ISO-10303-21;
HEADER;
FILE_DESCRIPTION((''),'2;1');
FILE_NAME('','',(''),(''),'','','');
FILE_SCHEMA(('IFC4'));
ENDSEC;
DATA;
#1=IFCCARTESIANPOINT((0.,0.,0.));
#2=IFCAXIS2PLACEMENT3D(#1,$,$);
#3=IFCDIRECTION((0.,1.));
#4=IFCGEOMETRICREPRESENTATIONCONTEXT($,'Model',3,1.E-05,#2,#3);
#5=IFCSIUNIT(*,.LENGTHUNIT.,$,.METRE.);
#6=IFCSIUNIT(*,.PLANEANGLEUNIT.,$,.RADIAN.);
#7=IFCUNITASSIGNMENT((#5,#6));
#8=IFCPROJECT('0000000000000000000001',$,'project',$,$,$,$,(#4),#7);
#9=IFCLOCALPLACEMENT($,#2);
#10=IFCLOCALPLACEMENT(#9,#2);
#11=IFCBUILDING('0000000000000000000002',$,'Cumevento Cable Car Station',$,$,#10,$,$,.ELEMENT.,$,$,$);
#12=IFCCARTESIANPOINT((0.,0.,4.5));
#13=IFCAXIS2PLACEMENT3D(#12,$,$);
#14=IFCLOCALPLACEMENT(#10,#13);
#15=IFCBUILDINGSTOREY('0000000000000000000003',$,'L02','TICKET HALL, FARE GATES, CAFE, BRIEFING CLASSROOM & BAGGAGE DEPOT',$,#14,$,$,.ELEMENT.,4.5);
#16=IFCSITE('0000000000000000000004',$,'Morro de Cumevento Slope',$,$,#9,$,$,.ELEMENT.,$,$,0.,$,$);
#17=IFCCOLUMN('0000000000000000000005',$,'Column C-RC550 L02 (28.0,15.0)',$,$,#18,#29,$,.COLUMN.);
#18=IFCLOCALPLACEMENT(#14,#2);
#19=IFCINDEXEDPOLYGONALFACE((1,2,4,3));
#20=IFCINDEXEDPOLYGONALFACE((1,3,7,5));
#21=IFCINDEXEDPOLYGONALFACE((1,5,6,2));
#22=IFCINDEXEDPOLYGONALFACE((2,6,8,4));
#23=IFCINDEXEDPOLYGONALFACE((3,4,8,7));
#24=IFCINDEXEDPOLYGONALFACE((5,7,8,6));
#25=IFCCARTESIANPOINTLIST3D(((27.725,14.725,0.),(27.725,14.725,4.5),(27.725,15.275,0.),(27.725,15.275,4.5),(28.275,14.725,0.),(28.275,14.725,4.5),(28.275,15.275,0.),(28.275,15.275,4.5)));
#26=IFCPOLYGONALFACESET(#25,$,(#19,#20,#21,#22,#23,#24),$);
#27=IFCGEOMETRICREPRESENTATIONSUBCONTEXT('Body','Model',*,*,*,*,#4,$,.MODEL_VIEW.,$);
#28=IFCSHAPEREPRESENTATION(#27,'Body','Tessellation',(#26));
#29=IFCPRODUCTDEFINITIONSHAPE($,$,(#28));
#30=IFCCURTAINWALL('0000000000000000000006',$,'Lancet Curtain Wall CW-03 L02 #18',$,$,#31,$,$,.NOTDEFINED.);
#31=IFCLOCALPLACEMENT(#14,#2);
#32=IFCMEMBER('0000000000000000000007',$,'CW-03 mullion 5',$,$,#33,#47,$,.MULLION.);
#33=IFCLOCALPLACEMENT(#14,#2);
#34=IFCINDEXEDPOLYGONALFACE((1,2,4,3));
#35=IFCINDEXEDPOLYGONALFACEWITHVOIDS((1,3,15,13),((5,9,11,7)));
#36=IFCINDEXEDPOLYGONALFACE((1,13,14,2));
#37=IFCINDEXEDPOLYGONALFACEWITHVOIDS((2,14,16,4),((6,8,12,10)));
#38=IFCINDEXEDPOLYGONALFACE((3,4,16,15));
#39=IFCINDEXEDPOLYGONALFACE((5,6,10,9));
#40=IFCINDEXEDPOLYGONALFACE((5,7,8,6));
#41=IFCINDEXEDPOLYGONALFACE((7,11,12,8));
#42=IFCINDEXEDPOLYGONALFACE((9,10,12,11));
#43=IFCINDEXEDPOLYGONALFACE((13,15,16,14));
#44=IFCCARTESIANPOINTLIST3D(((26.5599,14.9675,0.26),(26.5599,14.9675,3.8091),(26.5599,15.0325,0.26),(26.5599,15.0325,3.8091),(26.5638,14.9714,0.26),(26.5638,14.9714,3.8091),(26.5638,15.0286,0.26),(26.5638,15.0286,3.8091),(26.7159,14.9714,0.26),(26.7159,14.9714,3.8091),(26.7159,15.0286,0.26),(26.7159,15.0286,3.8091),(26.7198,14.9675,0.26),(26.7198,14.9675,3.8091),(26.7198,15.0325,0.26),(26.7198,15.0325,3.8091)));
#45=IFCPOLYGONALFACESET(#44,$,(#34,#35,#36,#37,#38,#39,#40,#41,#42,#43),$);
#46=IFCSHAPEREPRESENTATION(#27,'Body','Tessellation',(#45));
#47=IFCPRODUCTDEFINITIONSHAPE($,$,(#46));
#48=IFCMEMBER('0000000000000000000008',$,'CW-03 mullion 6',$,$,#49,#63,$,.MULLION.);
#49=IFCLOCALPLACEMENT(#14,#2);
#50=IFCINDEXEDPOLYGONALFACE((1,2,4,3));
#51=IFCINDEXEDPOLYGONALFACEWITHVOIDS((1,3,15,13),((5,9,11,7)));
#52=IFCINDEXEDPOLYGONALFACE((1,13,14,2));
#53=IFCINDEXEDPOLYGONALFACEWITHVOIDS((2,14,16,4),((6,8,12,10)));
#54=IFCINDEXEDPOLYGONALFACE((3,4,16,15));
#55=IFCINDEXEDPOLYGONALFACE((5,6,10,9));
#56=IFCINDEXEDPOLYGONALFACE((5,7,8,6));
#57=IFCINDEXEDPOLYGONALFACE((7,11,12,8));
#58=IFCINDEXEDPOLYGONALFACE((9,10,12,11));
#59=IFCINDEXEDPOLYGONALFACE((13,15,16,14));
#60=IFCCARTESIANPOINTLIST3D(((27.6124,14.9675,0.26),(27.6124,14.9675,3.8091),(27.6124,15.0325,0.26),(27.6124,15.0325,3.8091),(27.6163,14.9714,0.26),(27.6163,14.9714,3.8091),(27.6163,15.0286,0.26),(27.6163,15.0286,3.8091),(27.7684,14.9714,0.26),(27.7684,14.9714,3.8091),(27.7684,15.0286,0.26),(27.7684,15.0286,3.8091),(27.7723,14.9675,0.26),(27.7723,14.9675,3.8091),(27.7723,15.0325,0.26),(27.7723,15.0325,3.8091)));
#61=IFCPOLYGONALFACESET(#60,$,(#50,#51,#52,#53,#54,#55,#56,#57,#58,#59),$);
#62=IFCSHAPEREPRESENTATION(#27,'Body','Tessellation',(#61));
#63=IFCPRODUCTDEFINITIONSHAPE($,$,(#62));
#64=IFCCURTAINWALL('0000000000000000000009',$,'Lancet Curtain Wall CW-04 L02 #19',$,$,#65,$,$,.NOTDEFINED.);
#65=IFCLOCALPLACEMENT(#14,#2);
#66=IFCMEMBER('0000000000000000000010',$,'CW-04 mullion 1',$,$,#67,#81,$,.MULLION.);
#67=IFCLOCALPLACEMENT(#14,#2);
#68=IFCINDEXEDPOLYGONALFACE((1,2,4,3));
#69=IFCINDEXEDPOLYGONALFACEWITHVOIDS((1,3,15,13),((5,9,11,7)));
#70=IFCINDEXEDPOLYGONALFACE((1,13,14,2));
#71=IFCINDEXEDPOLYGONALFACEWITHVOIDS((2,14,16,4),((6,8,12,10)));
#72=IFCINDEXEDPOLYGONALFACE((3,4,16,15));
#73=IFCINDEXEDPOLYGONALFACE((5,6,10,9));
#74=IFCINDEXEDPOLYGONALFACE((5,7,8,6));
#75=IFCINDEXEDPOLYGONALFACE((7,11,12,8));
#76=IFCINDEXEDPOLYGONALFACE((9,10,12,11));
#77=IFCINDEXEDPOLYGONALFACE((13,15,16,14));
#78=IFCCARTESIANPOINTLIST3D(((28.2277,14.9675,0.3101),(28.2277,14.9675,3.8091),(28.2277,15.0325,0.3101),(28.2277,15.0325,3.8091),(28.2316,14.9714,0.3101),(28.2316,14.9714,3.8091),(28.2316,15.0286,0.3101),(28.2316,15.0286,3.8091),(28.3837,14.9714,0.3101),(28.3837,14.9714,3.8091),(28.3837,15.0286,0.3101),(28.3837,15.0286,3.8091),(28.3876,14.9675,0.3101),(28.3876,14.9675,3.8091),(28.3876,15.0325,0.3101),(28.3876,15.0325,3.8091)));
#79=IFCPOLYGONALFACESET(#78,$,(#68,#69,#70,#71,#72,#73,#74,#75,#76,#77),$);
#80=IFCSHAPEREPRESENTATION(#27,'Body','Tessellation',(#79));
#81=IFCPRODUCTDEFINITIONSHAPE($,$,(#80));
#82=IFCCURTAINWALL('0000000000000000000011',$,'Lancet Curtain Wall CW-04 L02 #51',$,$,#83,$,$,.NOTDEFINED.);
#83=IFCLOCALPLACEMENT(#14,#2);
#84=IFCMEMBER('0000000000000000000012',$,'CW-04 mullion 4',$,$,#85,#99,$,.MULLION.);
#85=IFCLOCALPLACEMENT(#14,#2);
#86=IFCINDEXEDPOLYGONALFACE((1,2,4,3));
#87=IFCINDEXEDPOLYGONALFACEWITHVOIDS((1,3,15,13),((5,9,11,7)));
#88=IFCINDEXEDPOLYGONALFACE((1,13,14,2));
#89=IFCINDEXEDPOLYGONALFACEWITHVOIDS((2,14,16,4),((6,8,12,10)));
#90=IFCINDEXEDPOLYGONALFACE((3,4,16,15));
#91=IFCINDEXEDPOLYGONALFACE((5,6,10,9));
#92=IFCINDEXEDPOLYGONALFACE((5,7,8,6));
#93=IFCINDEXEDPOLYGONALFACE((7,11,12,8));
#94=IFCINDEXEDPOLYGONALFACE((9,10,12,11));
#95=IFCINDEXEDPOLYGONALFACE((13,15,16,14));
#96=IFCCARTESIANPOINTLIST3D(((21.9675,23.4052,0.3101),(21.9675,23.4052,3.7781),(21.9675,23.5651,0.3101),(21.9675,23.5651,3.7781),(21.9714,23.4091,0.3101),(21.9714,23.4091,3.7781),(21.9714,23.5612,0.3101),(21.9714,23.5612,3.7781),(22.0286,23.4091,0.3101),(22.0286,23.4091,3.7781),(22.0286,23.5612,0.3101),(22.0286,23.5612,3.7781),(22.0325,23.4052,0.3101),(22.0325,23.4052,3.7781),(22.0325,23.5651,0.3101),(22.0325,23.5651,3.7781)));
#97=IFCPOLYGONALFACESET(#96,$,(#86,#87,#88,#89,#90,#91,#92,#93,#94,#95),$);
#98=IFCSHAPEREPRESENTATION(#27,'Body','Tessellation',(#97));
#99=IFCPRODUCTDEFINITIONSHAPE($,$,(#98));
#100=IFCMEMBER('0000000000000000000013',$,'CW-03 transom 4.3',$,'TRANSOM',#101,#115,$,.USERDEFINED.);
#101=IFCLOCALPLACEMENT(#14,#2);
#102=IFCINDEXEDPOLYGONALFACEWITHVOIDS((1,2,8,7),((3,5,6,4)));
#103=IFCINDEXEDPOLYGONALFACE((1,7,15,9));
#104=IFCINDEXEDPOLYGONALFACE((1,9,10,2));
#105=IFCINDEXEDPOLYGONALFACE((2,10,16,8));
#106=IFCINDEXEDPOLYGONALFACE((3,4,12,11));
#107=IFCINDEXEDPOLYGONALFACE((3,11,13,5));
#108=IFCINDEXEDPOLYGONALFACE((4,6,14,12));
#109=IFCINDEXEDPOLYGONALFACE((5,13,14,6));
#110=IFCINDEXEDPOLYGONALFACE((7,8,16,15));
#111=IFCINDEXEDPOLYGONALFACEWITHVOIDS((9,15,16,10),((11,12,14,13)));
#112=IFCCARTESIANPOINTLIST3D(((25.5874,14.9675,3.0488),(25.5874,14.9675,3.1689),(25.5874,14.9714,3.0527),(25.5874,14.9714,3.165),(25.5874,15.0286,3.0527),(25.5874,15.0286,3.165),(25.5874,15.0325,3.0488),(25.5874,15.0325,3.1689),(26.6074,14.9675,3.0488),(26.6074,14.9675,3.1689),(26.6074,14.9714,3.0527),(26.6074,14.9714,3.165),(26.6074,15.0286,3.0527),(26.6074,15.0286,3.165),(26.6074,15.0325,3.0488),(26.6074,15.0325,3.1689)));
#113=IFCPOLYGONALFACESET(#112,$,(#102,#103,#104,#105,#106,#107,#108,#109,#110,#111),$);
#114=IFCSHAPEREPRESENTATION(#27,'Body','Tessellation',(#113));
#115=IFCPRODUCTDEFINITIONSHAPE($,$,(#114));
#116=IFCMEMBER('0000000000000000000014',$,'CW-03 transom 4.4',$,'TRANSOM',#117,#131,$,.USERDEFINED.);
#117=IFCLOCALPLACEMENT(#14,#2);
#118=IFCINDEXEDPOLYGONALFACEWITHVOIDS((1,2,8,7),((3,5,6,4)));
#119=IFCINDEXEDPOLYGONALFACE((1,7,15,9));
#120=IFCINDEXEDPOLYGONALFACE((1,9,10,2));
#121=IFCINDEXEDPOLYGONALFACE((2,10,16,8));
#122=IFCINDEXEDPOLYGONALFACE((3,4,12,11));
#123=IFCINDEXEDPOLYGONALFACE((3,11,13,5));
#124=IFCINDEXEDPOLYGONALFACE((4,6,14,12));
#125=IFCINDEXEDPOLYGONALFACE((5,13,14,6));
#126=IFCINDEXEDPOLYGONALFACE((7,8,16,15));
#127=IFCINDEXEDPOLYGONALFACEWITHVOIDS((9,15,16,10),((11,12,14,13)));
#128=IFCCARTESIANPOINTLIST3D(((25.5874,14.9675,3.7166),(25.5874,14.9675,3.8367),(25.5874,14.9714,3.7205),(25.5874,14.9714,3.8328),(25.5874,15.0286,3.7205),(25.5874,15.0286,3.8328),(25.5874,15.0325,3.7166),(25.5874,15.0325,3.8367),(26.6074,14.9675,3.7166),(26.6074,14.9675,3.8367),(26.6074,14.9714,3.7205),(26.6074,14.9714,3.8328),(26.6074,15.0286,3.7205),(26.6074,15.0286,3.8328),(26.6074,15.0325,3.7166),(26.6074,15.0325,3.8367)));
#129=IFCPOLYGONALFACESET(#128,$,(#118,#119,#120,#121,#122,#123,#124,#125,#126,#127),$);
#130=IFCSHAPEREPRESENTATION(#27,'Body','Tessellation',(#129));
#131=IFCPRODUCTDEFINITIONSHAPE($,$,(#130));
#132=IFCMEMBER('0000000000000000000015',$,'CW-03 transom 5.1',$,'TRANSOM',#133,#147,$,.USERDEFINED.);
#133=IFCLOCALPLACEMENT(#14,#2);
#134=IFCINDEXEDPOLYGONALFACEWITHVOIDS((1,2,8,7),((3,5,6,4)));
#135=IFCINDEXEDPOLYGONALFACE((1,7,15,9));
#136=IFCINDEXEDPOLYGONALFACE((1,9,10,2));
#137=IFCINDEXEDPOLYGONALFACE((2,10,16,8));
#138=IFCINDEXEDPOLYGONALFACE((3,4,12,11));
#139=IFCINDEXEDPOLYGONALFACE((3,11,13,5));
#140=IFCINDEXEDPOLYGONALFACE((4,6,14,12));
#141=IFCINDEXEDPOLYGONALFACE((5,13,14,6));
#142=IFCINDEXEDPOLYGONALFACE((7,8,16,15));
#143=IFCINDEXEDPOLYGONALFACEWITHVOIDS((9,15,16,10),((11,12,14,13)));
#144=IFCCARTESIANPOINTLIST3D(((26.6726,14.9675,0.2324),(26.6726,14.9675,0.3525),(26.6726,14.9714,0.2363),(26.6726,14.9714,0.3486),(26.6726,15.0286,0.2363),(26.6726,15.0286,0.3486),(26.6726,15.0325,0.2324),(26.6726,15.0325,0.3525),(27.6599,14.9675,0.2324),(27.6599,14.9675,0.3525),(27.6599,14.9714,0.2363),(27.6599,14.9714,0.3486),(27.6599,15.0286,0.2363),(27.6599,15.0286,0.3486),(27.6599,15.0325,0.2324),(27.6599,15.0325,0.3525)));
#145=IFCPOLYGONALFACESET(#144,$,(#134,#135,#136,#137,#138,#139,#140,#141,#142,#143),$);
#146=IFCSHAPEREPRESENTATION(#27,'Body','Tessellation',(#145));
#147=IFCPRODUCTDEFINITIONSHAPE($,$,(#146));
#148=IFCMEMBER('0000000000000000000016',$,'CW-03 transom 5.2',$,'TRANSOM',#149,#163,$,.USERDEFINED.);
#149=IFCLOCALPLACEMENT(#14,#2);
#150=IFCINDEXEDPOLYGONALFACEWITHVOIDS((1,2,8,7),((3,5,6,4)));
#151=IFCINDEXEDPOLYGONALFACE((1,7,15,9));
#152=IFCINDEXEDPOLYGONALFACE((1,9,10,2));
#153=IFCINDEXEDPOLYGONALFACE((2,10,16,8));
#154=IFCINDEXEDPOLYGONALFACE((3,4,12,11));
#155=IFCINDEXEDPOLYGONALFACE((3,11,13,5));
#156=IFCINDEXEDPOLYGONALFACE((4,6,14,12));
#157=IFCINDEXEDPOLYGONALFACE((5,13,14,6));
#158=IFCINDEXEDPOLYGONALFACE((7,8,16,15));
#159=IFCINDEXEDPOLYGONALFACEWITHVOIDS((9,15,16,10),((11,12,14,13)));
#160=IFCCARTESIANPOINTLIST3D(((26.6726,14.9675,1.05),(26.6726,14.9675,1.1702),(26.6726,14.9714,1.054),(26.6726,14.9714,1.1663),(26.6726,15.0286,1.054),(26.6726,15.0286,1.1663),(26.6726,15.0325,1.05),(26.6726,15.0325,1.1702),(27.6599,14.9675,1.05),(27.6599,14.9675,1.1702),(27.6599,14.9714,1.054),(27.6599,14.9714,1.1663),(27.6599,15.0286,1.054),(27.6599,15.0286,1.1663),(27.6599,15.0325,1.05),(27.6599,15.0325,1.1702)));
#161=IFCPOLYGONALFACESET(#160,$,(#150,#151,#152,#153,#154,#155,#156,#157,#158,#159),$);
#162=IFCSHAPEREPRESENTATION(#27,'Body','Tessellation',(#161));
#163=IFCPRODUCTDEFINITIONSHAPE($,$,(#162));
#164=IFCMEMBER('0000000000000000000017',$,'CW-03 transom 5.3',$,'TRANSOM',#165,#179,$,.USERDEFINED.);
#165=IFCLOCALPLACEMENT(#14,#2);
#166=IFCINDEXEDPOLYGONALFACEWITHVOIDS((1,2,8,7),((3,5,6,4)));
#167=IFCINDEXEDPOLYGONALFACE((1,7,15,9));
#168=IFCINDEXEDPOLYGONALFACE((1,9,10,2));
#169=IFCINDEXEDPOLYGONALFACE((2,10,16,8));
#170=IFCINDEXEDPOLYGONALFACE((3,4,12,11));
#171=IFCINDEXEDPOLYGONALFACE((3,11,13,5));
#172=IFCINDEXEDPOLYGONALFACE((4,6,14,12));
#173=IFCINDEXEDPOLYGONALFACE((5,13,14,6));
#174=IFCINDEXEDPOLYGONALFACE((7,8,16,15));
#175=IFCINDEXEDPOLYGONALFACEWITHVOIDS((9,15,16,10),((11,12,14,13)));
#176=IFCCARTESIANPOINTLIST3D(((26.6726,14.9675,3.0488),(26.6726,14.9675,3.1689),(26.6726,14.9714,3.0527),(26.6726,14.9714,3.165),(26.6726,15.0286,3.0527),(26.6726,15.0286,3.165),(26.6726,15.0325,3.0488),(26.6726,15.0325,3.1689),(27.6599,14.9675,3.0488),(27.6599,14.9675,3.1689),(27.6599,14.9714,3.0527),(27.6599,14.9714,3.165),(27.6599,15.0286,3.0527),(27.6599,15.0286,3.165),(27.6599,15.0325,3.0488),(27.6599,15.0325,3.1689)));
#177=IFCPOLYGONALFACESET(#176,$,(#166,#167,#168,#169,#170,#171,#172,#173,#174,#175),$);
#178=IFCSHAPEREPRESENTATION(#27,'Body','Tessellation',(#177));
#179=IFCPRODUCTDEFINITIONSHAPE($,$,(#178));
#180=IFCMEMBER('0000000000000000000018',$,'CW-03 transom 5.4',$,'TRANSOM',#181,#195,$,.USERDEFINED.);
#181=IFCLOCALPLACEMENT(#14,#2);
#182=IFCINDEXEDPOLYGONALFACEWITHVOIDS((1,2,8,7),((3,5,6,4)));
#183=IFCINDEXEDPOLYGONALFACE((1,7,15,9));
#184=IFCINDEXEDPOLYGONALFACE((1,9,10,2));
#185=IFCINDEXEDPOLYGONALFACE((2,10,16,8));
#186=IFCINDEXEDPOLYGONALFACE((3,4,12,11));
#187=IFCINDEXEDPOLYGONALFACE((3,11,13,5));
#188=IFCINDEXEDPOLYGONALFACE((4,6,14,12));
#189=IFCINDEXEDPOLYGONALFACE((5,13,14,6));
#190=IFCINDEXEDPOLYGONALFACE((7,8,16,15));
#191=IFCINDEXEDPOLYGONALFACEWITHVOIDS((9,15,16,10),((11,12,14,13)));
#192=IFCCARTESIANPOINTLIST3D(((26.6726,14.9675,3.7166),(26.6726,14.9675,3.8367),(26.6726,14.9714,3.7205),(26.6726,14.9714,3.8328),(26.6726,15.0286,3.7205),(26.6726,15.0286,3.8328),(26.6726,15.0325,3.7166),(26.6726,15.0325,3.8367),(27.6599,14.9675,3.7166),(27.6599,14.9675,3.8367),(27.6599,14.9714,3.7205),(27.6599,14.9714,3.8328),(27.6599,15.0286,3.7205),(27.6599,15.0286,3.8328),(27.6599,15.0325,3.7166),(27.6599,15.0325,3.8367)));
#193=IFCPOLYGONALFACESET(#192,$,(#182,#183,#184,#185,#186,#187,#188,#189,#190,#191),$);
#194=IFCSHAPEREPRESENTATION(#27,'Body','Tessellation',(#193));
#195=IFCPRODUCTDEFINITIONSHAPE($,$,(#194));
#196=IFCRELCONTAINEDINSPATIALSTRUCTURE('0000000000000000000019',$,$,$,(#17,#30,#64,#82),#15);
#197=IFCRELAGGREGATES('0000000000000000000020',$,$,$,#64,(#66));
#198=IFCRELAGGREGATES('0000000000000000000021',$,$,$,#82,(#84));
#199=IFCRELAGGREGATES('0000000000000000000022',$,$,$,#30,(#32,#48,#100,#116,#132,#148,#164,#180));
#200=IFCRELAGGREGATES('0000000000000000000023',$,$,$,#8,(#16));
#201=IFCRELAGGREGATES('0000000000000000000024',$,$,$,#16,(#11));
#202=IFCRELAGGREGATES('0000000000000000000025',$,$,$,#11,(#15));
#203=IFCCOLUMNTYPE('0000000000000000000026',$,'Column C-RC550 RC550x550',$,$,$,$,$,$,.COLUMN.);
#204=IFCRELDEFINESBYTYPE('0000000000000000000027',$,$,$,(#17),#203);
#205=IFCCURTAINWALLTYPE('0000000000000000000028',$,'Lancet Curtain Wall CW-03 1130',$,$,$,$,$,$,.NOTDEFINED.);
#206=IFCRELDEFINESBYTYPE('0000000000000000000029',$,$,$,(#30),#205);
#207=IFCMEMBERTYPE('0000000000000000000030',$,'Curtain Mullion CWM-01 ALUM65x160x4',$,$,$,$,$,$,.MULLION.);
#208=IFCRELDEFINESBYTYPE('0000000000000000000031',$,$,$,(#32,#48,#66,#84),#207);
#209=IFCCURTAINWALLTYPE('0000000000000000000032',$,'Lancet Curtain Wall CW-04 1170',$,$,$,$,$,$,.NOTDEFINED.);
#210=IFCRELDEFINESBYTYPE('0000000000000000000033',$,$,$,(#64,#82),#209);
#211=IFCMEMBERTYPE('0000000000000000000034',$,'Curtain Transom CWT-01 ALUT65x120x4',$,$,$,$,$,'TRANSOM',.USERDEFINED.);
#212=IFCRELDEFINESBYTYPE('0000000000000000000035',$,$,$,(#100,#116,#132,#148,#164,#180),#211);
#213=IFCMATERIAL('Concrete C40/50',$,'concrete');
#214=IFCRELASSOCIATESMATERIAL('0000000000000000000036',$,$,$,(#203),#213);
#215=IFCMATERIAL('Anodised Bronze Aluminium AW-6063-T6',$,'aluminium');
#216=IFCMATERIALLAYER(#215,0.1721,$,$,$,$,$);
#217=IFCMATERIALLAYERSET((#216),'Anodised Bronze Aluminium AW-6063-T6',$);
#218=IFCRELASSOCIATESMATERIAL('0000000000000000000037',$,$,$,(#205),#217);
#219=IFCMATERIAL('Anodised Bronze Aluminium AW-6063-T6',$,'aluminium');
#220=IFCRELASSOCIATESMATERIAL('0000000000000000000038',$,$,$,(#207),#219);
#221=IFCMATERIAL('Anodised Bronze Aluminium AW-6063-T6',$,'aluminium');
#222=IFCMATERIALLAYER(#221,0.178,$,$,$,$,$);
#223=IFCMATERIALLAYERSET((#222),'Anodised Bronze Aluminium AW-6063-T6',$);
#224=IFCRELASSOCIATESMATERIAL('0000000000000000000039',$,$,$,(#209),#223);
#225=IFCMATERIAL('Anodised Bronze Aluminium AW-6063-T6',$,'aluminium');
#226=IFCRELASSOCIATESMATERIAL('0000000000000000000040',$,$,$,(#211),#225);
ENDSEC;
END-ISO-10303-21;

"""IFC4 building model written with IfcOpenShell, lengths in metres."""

from ifc_helpers import new_model, si_unit, direction, frame, origin, origin_2d, place, context, subcontext, project, spatial, rectangle, hollow_rectangle, extrude, material, layer, layer_set, material_profile, profile_set, type_object, element, aggregate, save


model = new_model("IFC4")

# Units and contexts
model_context = context("Model", 3, precision=1e-05, world=origin(), true_north=direction((0.0, 1.0)))
body_context = subcontext(model_context, "Body", "Model", "MODEL_VIEW")
ifc_project = project(units=[si_unit("LENGTHUNIT", "METRE"), si_unit("PLANEANGLEUNIT", "RADIAN")], contexts=[model_context])

# Site, building, storey
site_placement = place(None, origin())
site = spatial("IfcSite", under=ifc_project, at=site_placement, Name="Morro de Cumevento Slope", CompositionType="ELEMENT", RefElevation=0.0)
building_placement = place(site_placement, origin())
building = spatial("IfcBuilding", under=site, at=building_placement, Name="Cumevento Cable Car Station", CompositionType="ELEMENT")
storey_placement = place(building_placement, frame((0.0, 0.0, 4.5)))
storey = spatial("IfcBuildingStorey", under=building, at=storey_placement, Name="L02", Description="TICKET HALL, FARE GATES, CAFE, BRIEFING CLASSROOM & BAGGAGE DEPOT", CompositionType="ELEMENT", Elevation=4.5)

# Column
ifc_material_1 = material(Name="Concrete C40/50", Category="concrete")
ifc_material_profile_1 = material_profile(ifc_material_1, rectangle(XDim=0.55, YDim=0.55, at=origin_2d()), Name="RC550x550")
ifc_profile_set_1 = profile_set([ifc_material_profile_1], Name="Concrete C40/50")
column_type = type_object("IfcColumnType", Name="Column C-RC550 RC550x550", PredefinedType="COLUMN", material=ifc_profile_set_1)
column_placement = place(storey_placement, frame((28.0, 15.0, 0.0), z_axis=(0.0, 0.0, 1.0), x_axis=(1.0, 0.0, 0.0)))
element("IfcColumn", 1, at=column_placement, inside=storey, type_object=column_type, Name="Column C-RC550 L02 (28.0,15.0)", PredefinedType="COLUMN", context=body_context, shape_type="SweptSolid", body=[
    extrude(rectangle(XDim=0.55, YDim=0.55, at=origin_2d()), origin(), (0.0, 0.0, 1.0), 4.5),
])

# Curtain wall, members
ifc_material_2 = material(Name="Anodised Bronze Aluminium AW-6063-T6", Category="aluminium")
ifc_layer_1 = layer(ifc_material_2, 0.1721)
ifc_layer_set_1 = layer_set([ifc_layer_1], Name="Anodised Bronze Aluminium AW-6063-T6")
curtain_wall_type_1 = type_object("IfcCurtainWallType", Name="Lancet Curtain Wall CW-03 1130", PredefinedType="NOTDEFINED", material=ifc_layer_set_1)
curtain_wall_1_placement = place(storey_placement, origin())
curtain_wall_1 = element("IfcCurtainWall", 2, at=curtain_wall_1_placement, inside=storey, type_object=curtain_wall_type_1, Name="Lancet Curtain Wall CW-03 L02 #18", PredefinedType="NOTDEFINED")
ifc_material_3 = material(Name="Anodised Bronze Aluminium AW-6063-T6", Category="aluminium")
ifc_material_profile_2 = material_profile(ifc_material_3, hollow_rectangle(XDim=0.0649, YDim=0.1599, WallThickness=0.0039, at=origin_2d()), Name="ALUM65x160x4")
ifc_profile_set_2 = profile_set([ifc_material_profile_2], Name="Anodised Bronze Aluminium AW-6063-T6")
member_type_1 = type_object("IfcMemberType", Name="Curtain Mullion CWM-01 ALUM65x160x4", PredefinedType="MULLION", material=ifc_profile_set_2)
member_1_placement = place(storey_placement, frame((26.6399, 15.0, 0.26), z_axis=(0.0, 0.0, 1.0), x_axis=(0.0, 1.0, 0.0)))
member_1 = element("IfcMember", 3, at=member_1_placement, type_object=member_type_1, Name="CW-03 mullion 5", PredefinedType="MULLION", context=body_context, shape_type="SweptSolid", body=[
    extrude(hollow_rectangle(XDim=0.0649, YDim=0.1599, WallThickness=0.0039, at=origin_2d()), origin(), (0.0, 0.0, 1.0), 3.5491),
])
member_2_placement = place(storey_placement, frame((27.6924, 15.0, 0.26), z_axis=(0.0, 0.0, 1.0), x_axis=(0.0, 1.0, 0.0)))
member_2 = element("IfcMember", 4, at=member_2_placement, type_object=member_type_1, Name="CW-03 mullion 6", PredefinedType="MULLION", context=body_context, shape_type="SweptSolid", body=[
    extrude(hollow_rectangle(XDim=0.0649, YDim=0.1599, WallThickness=0.0039, at=origin_2d()), origin(), (0.0, 0.0, 1.0), 3.5491),
])

# Curtain walls, members
ifc_material_4 = material(Name="Anodised Bronze Aluminium AW-6063-T6", Category="aluminium")
ifc_layer_2 = layer(ifc_material_4, 0.178)
ifc_layer_set_2 = layer_set([ifc_layer_2], Name="Anodised Bronze Aluminium AW-6063-T6")
curtain_wall_type_2 = type_object("IfcCurtainWallType", Name="Lancet Curtain Wall CW-04 1170", PredefinedType="NOTDEFINED", material=ifc_layer_set_2)
curtain_wall_2_placement = place(storey_placement, origin())
curtain_wall_2 = element("IfcCurtainWall", 5, at=curtain_wall_2_placement, inside=storey, type_object=curtain_wall_type_2, Name="Lancet Curtain Wall CW-04 L02 #19", PredefinedType="NOTDEFINED")
member_3_placement = place(storey_placement, frame((28.3076, 15.0, 0.3101), z_axis=(0.0, 0.0, 1.0), x_axis=(0.0, 1.0, 0.0)))
member_3 = element("IfcMember", 6, at=member_3_placement, type_object=member_type_1, Name="CW-04 mullion 1", PredefinedType="MULLION", context=body_context, shape_type="SweptSolid", body=[
    extrude(hollow_rectangle(XDim=0.0649, YDim=0.1599, WallThickness=0.0039, at=origin_2d()), origin(), (0.0, 0.0, 1.0), 3.499),
])
aggregate(curtain_wall_2, [member_3])
curtain_wall_3_placement = place(storey_placement, origin())
curtain_wall_3 = element("IfcCurtainWall", 7, at=curtain_wall_3_placement, inside=storey, type_object=curtain_wall_type_2, Name="Lancet Curtain Wall CW-04 L02 #51", PredefinedType="NOTDEFINED")
member_4_placement = place(storey_placement, frame((22.0, 23.4851, 0.3101), z_axis=(0.0, 0.0, 1.0), x_axis=(1.0, 0.0, 0.0)))
member_4 = element("IfcMember", 8, at=member_4_placement, type_object=member_type_1, Name="CW-04 mullion 4", PredefinedType="MULLION", context=body_context, shape_type="SweptSolid", body=[
    extrude(hollow_rectangle(XDim=0.0649, YDim=0.1599, WallThickness=0.0039, at=origin_2d()), origin(), (0.0, 0.0, 1.0), 3.468),
])

# Members
ifc_material_5 = material(Name="Anodised Bronze Aluminium AW-6063-T6", Category="aluminium")
ifc_material_profile_3 = material_profile(ifc_material_5, hollow_rectangle(XDim=0.0649, YDim=0.1201, WallThickness=0.0039, at=origin_2d()), Name="ALUT65x120x4")
ifc_profile_set_3 = profile_set([ifc_material_profile_3], Name="Anodised Bronze Aluminium AW-6063-T6")
member_type_2 = type_object("IfcMemberType", Name="Curtain Transom CWT-01 ALUT65x120x4", ElementType="TRANSOM", PredefinedType="USERDEFINED", material=ifc_profile_set_3)
member_5_placement = place(storey_placement, frame((25.5874, 15.0, 3.1089), z_axis=(1.0, 0.0, 0.0), x_axis=(0.0, 1.0, 0.0)))
member_5 = element("IfcMember", 9, at=member_5_placement, type_object=member_type_2, Name="CW-03 transom 4.3", ObjectType="TRANSOM", PredefinedType="USERDEFINED", context=body_context, shape_type="SweptSolid", body=[
    extrude(hollow_rectangle(XDim=0.0649, YDim=0.1201, WallThickness=0.0039, at=origin_2d()), origin(), (0.0, 0.0, 1.0), 1.02),
])
member_6_placement = place(storey_placement, frame((25.5874, 15.0, 3.7766), z_axis=(1.0, 0.0, 0.0), x_axis=(0.0, 1.0, 0.0)))
member_6 = element("IfcMember", 10, at=member_6_placement, type_object=member_type_2, Name="CW-03 transom 4.4", ObjectType="TRANSOM", PredefinedType="USERDEFINED", context=body_context, shape_type="SweptSolid", body=[
    extrude(hollow_rectangle(XDim=0.0649, YDim=0.1201, WallThickness=0.0039, at=origin_2d()), origin(), (0.0, 0.0, 1.0), 1.02),
])
member_7_placement = place(storey_placement, frame((26.6726, 15.0, 0.2925), z_axis=(1.0, 0.0, 0.0), x_axis=(0.0, 1.0, 0.0)))
member_7 = element("IfcMember", 11, at=member_7_placement, type_object=member_type_2, Name="CW-03 transom 5.1", ObjectType="TRANSOM", PredefinedType="USERDEFINED", context=body_context, shape_type="SweptSolid", body=[
    extrude(hollow_rectangle(XDim=0.0649, YDim=0.1201, WallThickness=0.0039, at=origin_2d()), origin(), (0.0, 0.0, 1.0), 0.9873),
])
member_8_placement = place(storey_placement, frame((26.6726, 15.0, 1.1101), z_axis=(1.0, 0.0, 0.0), x_axis=(0.0, 1.0, 0.0)))
member_8 = element("IfcMember", 12, at=member_8_placement, type_object=member_type_2, Name="CW-03 transom 5.2", ObjectType="TRANSOM", PredefinedType="USERDEFINED", context=body_context, shape_type="SweptSolid", body=[
    extrude(hollow_rectangle(XDim=0.0649, YDim=0.1201, WallThickness=0.0039, at=origin_2d()), origin(), (0.0, 0.0, 1.0), 0.9873),
])
member_9_placement = place(storey_placement, frame((26.6726, 15.0, 3.1089), z_axis=(1.0, 0.0, 0.0), x_axis=(0.0, 1.0, 0.0)))
member_9 = element("IfcMember", 13, at=member_9_placement, type_object=member_type_2, Name="CW-03 transom 5.3", ObjectType="TRANSOM", PredefinedType="USERDEFINED", context=body_context, shape_type="SweptSolid", body=[
    extrude(hollow_rectangle(XDim=0.0649, YDim=0.1201, WallThickness=0.0039, at=origin_2d()), origin(), (0.0, 0.0, 1.0), 0.9873),
])
member_10_placement = place(storey_placement, frame((26.6726, 15.0, 3.7766), z_axis=(1.0, 0.0, 0.0), x_axis=(0.0, 1.0, 0.0)))
member_10 = element("IfcMember", 14, at=member_10_placement, type_object=member_type_2, Name="CW-03 transom 5.4", ObjectType="TRANSOM", PredefinedType="USERDEFINED", context=body_context, shape_type="SweptSolid", body=[
    extrude(hollow_rectangle(XDim=0.0649, YDim=0.1201, WallThickness=0.0039, at=origin_2d()), origin(), (0.0, 0.0, 1.0), 0.9873),
])
aggregate(curtain_wall_3, [member_4])

aggregate(curtain_wall_1, [member_1, member_2, member_5, member_6, member_7, member_8, member_9, member_10])

save(model, "model.ifc")
